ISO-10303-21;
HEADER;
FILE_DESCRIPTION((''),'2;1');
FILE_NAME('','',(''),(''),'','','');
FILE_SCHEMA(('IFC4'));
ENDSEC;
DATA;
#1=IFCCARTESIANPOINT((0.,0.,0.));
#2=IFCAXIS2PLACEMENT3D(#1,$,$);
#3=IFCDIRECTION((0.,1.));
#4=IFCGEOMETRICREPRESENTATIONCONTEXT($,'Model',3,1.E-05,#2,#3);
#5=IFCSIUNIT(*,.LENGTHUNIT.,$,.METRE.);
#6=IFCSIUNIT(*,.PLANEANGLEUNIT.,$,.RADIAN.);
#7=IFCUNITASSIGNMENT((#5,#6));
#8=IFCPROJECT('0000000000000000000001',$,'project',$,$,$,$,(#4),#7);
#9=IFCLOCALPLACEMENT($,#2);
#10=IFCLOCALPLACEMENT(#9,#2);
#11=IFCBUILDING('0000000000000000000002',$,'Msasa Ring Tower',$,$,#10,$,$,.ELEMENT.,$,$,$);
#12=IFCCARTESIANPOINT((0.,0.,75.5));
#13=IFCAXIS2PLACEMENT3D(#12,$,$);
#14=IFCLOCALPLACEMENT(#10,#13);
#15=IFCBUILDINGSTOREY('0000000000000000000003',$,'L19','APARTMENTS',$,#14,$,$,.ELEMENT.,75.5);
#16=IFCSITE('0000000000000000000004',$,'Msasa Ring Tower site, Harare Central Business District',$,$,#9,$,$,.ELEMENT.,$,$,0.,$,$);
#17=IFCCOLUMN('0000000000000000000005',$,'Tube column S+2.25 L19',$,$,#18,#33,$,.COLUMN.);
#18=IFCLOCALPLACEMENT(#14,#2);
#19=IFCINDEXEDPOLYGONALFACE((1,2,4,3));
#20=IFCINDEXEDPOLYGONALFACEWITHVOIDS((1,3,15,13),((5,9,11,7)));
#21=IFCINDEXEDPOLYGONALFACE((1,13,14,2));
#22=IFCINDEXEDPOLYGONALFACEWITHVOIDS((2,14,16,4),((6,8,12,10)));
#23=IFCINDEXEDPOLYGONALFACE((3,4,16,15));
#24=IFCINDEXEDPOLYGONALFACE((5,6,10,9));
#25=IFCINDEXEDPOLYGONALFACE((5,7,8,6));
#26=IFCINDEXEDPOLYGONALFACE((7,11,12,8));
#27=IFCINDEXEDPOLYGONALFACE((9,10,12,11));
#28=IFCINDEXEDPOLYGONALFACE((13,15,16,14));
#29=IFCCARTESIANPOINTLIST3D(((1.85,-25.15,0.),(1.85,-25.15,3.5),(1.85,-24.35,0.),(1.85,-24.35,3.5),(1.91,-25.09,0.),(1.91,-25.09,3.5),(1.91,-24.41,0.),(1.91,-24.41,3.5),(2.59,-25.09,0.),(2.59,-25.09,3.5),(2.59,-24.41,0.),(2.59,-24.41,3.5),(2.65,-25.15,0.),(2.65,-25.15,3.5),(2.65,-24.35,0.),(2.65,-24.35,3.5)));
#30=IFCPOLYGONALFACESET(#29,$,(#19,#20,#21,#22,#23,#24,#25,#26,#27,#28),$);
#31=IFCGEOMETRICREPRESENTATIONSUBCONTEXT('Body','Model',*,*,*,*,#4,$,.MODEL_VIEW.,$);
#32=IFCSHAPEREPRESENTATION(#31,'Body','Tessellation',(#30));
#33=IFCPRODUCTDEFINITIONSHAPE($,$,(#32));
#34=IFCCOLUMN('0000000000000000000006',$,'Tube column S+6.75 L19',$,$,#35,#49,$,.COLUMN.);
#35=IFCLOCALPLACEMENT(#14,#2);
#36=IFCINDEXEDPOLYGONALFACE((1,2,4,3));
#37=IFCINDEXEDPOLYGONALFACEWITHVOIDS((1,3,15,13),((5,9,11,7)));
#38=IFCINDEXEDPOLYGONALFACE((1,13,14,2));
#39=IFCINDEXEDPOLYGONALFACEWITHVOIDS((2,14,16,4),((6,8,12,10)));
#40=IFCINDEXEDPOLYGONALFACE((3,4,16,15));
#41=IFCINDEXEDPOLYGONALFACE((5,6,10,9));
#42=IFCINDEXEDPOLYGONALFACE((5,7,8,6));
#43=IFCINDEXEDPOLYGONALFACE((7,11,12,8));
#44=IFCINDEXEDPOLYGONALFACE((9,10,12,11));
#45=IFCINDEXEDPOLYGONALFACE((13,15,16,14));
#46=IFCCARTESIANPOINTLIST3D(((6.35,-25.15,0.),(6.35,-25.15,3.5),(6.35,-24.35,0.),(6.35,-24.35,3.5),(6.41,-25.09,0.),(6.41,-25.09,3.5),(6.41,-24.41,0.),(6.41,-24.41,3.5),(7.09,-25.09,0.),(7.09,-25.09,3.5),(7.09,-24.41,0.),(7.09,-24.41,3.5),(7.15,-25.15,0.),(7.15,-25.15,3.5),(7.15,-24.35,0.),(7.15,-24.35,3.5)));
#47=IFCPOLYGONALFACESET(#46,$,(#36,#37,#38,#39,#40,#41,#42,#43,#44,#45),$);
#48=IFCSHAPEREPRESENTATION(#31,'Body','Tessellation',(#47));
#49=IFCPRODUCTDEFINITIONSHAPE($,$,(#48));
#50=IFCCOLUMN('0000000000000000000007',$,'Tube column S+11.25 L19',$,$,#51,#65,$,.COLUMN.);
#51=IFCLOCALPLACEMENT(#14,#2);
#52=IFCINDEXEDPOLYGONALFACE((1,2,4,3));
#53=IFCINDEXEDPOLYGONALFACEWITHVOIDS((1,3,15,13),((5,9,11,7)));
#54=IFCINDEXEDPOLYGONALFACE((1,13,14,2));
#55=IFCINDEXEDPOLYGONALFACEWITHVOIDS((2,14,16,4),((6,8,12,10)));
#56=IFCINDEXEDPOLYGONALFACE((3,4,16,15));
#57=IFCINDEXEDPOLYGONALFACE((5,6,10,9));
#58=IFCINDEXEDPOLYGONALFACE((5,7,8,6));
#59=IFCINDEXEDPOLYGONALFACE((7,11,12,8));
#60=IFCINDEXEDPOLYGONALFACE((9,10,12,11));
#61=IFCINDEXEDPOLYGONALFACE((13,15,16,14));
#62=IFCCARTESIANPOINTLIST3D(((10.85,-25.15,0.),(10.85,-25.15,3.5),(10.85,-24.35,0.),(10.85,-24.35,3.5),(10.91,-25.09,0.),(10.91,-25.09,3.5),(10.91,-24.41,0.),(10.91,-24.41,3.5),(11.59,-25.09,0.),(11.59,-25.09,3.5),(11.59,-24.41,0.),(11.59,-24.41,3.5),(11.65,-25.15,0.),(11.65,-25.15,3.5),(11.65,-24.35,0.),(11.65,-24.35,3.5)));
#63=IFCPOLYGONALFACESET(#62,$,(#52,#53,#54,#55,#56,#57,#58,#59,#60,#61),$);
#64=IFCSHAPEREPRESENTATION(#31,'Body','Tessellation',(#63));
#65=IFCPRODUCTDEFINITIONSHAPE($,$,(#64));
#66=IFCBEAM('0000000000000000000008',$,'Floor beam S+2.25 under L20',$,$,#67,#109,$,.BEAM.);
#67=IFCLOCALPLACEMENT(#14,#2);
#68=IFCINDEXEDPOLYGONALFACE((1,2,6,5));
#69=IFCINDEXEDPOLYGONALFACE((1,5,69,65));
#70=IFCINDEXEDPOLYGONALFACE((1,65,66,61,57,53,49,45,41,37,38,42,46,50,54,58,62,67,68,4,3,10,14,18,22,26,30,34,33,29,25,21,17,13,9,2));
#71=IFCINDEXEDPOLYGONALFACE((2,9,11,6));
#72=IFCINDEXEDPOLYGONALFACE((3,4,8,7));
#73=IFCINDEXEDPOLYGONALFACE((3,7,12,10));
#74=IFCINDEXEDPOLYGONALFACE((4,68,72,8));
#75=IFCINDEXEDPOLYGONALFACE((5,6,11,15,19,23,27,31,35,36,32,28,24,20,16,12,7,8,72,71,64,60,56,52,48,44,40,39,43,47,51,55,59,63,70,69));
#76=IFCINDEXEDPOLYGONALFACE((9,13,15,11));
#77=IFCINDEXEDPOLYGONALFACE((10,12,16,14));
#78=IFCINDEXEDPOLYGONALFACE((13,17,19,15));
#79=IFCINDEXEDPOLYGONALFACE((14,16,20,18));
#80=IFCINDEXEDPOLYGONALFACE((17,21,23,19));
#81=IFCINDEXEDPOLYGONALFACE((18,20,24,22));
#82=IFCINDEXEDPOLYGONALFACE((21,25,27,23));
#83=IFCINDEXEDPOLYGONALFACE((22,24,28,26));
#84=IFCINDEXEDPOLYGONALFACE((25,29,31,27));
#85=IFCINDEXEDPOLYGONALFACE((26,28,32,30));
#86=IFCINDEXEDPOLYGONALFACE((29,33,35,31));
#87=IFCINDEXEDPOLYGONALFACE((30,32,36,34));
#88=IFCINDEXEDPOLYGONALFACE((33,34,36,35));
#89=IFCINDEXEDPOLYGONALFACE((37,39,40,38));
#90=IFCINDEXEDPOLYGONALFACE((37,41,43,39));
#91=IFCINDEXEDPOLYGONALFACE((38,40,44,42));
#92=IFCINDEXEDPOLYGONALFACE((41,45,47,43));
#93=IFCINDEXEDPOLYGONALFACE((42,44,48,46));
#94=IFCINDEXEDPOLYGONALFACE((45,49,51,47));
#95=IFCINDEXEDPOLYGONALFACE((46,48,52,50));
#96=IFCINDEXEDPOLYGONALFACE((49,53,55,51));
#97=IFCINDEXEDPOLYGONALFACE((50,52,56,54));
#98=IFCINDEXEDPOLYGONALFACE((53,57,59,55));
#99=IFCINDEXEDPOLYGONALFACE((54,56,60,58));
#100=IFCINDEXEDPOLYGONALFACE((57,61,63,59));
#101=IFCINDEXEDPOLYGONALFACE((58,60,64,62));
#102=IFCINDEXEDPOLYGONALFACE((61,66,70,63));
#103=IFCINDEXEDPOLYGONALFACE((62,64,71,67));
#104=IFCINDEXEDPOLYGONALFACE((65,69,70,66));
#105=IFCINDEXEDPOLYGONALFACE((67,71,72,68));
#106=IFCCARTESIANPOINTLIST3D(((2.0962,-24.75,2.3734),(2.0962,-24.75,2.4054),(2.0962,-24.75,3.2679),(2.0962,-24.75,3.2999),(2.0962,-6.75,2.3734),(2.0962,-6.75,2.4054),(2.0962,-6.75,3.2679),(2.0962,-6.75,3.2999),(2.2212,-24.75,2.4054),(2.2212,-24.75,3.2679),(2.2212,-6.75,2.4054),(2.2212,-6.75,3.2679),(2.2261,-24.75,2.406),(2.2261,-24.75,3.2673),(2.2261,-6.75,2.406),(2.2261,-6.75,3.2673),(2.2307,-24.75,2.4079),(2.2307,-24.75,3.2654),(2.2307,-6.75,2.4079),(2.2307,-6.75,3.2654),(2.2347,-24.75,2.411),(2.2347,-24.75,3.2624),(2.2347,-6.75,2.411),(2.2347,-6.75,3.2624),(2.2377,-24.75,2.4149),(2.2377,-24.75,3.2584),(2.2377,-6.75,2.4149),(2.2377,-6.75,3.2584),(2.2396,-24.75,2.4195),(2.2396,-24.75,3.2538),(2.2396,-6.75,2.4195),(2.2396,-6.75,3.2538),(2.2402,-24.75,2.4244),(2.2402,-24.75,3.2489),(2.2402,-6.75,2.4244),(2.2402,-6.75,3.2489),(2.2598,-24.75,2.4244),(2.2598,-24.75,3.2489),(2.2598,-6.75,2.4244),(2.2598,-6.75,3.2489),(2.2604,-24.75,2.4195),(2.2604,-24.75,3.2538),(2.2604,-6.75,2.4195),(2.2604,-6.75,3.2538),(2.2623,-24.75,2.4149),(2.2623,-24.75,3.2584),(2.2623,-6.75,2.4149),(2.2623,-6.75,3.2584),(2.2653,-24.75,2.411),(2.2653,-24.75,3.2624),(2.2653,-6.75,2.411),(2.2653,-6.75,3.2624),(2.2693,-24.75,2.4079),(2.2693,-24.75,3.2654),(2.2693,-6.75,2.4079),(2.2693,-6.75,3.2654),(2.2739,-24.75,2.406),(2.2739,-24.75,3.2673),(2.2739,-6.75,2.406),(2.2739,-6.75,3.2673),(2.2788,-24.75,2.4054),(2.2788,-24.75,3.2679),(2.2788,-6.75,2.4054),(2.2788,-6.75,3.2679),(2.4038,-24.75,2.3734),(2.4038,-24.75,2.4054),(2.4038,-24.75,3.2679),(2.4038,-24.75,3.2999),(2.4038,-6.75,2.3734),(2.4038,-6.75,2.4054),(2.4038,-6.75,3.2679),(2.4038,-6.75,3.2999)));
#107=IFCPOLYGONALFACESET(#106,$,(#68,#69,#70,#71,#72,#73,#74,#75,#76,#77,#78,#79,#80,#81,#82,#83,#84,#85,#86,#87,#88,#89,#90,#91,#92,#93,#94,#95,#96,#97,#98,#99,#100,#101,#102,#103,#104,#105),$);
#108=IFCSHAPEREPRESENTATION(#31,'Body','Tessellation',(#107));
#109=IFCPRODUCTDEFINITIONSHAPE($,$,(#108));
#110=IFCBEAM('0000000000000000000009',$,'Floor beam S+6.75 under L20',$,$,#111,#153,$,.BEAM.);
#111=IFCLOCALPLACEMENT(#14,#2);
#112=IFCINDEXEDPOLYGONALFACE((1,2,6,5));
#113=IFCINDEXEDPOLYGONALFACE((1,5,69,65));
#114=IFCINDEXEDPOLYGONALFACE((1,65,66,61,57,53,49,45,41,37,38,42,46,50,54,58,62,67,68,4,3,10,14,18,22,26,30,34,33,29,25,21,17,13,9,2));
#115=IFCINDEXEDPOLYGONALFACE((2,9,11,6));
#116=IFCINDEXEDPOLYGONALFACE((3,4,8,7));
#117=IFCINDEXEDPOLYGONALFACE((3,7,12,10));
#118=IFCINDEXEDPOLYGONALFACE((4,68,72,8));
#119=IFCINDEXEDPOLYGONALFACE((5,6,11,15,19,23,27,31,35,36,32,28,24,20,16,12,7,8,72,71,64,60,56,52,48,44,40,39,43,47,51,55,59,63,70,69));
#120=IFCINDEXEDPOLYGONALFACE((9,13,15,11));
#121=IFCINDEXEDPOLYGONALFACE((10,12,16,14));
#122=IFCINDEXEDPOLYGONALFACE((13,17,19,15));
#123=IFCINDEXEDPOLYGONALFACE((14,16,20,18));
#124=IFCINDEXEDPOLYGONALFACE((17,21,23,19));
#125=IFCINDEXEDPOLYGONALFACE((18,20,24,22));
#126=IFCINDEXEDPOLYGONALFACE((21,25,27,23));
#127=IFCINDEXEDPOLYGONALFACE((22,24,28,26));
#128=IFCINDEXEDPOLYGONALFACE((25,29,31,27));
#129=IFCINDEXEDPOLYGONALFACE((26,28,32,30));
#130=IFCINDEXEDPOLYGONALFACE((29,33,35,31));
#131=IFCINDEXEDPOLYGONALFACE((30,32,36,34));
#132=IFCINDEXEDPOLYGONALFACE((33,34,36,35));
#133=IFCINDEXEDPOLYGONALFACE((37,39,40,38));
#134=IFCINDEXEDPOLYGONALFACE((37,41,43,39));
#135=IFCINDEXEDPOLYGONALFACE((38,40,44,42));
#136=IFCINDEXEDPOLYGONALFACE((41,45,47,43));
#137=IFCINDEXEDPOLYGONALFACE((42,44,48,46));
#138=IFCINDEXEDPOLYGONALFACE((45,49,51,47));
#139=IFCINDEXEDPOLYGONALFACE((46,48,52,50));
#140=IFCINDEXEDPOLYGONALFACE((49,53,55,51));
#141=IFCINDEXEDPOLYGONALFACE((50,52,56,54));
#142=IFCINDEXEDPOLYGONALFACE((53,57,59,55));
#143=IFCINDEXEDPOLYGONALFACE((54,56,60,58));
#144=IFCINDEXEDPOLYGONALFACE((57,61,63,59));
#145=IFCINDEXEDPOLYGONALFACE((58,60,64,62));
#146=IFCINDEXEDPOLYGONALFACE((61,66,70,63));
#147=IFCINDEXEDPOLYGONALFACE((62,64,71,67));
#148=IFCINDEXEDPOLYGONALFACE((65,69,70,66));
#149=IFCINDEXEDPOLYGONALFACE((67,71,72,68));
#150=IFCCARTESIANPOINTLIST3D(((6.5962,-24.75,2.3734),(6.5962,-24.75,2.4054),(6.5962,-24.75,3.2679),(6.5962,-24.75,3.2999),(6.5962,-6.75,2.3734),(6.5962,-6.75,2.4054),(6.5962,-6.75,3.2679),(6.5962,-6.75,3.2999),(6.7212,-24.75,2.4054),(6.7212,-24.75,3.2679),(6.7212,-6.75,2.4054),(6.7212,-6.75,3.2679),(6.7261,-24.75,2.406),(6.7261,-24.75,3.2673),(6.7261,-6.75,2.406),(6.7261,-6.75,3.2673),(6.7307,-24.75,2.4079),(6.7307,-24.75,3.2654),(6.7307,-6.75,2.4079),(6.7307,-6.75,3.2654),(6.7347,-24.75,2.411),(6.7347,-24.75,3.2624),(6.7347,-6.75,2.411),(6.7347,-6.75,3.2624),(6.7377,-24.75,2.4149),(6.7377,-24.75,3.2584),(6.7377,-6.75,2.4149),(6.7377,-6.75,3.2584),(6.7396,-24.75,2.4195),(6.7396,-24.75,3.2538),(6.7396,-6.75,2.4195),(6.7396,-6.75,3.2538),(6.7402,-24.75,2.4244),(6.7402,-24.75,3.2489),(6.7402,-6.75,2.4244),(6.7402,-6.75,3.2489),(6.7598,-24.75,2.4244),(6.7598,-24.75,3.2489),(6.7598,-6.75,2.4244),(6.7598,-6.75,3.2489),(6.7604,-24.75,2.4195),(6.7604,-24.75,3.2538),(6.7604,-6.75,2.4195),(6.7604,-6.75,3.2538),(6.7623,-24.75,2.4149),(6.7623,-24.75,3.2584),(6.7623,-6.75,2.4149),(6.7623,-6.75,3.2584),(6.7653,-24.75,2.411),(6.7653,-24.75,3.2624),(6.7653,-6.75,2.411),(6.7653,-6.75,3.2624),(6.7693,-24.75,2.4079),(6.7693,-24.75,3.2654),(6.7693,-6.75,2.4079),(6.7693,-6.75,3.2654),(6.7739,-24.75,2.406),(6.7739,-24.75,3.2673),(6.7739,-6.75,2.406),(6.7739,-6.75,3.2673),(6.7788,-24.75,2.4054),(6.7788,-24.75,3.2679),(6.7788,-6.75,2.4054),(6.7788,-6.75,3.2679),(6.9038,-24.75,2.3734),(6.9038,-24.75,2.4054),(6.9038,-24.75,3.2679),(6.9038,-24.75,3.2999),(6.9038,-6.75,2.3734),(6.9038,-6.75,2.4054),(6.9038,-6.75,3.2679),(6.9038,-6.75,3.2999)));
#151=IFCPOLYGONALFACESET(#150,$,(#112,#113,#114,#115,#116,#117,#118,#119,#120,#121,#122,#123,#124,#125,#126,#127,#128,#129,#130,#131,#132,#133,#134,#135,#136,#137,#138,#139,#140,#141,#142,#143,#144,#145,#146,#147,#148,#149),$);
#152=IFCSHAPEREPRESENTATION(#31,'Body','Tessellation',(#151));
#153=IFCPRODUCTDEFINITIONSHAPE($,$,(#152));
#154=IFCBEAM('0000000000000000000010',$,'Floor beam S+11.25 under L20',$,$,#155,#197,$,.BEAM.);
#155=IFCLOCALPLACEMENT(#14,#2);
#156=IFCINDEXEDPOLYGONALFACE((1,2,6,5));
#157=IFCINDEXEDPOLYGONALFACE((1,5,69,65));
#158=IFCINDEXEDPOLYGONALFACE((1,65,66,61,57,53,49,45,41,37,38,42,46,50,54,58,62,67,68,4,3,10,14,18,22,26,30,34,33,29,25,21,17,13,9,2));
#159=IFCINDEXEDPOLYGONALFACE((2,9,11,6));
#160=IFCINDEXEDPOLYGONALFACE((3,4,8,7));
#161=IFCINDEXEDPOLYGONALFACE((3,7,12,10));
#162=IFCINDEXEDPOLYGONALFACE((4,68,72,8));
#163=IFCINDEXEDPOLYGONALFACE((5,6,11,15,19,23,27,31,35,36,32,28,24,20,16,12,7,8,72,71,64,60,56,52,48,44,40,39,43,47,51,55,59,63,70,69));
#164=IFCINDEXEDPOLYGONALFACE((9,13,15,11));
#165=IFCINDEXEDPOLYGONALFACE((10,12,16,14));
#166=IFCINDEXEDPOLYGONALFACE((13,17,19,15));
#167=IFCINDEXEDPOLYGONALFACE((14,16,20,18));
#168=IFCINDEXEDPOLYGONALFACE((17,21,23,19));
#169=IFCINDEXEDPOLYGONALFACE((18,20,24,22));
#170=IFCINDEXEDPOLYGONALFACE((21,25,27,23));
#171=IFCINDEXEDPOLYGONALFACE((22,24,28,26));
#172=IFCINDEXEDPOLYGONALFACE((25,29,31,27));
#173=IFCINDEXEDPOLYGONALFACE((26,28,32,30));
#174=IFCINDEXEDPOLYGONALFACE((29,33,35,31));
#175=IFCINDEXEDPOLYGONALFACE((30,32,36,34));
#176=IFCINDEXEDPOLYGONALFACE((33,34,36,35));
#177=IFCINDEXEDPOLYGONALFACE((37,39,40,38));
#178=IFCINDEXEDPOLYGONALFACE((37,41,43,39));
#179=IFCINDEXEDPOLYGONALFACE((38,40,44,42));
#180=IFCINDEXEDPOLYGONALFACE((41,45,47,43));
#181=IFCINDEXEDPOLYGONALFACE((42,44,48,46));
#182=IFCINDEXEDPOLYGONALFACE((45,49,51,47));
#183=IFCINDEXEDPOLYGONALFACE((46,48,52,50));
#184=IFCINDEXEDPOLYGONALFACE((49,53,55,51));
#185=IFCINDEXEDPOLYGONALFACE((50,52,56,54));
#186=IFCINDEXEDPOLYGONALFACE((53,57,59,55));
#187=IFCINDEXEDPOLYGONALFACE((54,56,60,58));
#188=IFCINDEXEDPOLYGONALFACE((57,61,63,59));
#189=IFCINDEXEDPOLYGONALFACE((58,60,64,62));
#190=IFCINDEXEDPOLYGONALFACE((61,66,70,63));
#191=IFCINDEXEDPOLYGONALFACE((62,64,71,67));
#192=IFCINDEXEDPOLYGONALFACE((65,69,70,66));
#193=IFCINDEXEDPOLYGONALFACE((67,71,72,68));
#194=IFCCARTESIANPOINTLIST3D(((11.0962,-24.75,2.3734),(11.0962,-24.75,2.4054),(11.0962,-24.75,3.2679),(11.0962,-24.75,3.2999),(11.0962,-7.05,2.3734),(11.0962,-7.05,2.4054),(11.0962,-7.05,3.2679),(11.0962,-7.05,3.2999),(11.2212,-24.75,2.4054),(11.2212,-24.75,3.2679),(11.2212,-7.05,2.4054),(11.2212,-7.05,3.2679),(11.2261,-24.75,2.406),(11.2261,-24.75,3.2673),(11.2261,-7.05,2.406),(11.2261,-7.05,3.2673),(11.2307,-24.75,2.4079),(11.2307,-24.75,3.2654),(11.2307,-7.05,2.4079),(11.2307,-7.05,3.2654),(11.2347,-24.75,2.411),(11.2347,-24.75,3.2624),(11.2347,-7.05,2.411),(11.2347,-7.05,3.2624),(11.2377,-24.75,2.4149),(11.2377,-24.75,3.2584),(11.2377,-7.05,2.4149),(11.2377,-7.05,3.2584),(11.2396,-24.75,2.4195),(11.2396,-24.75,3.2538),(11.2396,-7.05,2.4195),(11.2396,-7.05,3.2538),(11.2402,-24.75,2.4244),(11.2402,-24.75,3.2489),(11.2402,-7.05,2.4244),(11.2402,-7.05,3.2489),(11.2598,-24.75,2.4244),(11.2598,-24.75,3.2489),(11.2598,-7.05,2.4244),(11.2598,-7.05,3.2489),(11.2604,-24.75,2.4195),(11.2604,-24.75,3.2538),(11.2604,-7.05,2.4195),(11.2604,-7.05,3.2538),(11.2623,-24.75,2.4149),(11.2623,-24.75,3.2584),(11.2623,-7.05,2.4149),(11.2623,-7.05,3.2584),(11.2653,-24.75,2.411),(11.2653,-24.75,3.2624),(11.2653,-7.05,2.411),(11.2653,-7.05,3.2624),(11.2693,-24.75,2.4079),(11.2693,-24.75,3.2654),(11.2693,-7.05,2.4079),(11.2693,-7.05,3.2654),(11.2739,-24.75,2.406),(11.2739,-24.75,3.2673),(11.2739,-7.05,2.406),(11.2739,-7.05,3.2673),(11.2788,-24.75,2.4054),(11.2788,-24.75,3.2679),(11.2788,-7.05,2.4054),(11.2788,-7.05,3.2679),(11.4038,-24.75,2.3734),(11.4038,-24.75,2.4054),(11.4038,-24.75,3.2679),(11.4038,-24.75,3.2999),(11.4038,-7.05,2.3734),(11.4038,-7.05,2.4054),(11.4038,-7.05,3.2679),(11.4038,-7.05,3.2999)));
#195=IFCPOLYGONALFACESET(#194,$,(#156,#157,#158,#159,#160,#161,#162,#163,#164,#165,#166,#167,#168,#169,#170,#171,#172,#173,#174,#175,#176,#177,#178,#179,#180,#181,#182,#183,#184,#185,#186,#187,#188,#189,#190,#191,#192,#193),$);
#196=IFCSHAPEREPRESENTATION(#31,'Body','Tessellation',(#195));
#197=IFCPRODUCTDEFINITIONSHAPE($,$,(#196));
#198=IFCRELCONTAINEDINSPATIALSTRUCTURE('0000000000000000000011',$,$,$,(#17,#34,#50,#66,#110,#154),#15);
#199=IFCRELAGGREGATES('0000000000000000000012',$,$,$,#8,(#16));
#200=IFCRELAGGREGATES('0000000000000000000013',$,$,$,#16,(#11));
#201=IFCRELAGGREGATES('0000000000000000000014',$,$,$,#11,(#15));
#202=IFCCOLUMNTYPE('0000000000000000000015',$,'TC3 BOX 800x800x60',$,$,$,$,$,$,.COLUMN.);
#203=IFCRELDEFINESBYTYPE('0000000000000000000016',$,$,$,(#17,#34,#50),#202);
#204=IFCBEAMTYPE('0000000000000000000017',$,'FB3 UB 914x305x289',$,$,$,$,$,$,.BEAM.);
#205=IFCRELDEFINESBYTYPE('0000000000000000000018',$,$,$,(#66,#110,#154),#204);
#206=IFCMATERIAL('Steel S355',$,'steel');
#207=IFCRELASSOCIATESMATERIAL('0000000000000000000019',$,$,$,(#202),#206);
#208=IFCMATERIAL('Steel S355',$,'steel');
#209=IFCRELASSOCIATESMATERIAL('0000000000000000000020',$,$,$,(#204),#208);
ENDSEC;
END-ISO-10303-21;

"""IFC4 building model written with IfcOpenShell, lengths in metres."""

from ifc_helpers import new_model, si_unit, direction, frame, origin, origin_2d, place, context, subcontext, project, spatial, hollow_rectangle, i_section, extrude, material, material_profile, profile_set, type_object, element, save


model = new_model("IFC4")

# Units and contexts
model_context = context("Model", 3, precision=1e-05, world=origin(), true_north=direction((0.0, 1.0)))
body_context = subcontext(model_context, "Body", "Model", "MODEL_VIEW")
ifc_project = project(units=[si_unit("LENGTHUNIT", "METRE"), si_unit("PLANEANGLEUNIT", "RADIAN")], contexts=[model_context])

# Site, building, storey
site_placement = place(None, origin())
site = spatial("IfcSite", under=ifc_project, at=site_placement, Name="Msasa Ring Tower site, Harare Central Business District", CompositionType="ELEMENT", RefElevation=0.0)
building_placement = place(site_placement, origin())
building = spatial("IfcBuilding", under=site, at=building_placement, Name="Msasa Ring Tower", CompositionType="ELEMENT")
storey_placement = place(building_placement, frame((0.0, 0.0, 75.5)))
storey = spatial("IfcBuildingStorey", under=building, at=storey_placement, Name="L19", Description="APARTMENTS", CompositionType="ELEMENT", Elevation=75.5)

# Columns
ifc_material_1 = material(Name="Steel S355", Category="steel")
ifc_material_profile_1 = material_profile(ifc_material_1, hollow_rectangle(XDim=0.8, YDim=0.8, WallThickness=0.0601, at=origin_2d()), Name="BOX 800x800x60")
ifc_profile_set_1 = profile_set([ifc_material_profile_1], Name="Steel S355")
column_type = type_object("IfcColumnType", Name="TC3 BOX 800x800x60", PredefinedType="COLUMN", material=ifc_profile_set_1)
for number, where, z_axis, x_axis, name in (
    (1, (2.25, -24.75, 0.0), (0.0, 0.0, 1.0), (0.0, 1.0, 0.0), "Tube column S+2.25 L19"),
    (2, (6.75, -24.75, 0.0), (0.0, 0.0, 1.0), (0.0, 1.0, 0.0), "Tube column S+6.75 L19"),
    (3, (11.25, -24.75, 0.0), (0.0, 0.0, 1.0), (0.0, 1.0, 0.0), "Tube column S+11.25 L19"),
):
    element("IfcColumn", number, at=place(storey_placement, frame(where, z_axis=z_axis, x_axis=x_axis)), inside=storey, type_object=column_type, Name=name, PredefinedType="COLUMN", context=body_context, shape_type="SweptSolid", body=[
        extrude(hollow_rectangle(XDim=0.8, YDim=0.8, WallThickness=0.0601, at=origin_2d()), origin(), (0.0, 0.0, 1.0), 3.5),
    ])

# Beams
ifc_material_2 = material(Name="Steel S355", Category="steel")
ifc_material_profile_2 = material_profile(ifc_material_2, i_section(OverallWidth=0.3076, OverallDepth=0.9265, WebThickness=0.0195, FlangeThickness=0.032, FilletRadius=0.019, at=origin_2d()), Name="UB 914x305x289")
ifc_profile_set_2 = profile_set([ifc_material_profile_2], Name="Steel S355")
beam_type_1 = type_object("IfcBeamType", Name="FB3 UB 914x305x289", PredefinedType="BEAM", material=ifc_profile_set_2)
for number, where, z_axis, x_axis, name in (
    (4, (2.25, -24.75, 2.8367), (0.0, 1.0, 0.0), (-1.0, 0.0, 0.0), "Floor beam S+2.25 under L20"),
    (5, (6.75, -24.75, 2.8367), (0.0, 1.0, 0.0), (-1.0, 0.0, 0.0), "Floor beam S+6.75 under L20"),
):
    element("IfcBeam", number, at=place(storey_placement, frame(where, z_axis=z_axis, x_axis=x_axis)), inside=storey, type_object=beam_type_1, Name=name, PredefinedType="BEAM", context=body_context, shape_type="SweptSolid", body=[
        extrude(i_section(OverallWidth=0.3076, OverallDepth=0.9265, WebThickness=0.0195, FlangeThickness=0.032, FilletRadius=0.019, at=origin_2d()), origin(), (0.0, 0.0, 1.0), 18.0),
    ])
beam_placement = place(storey_placement, frame((11.25, -24.75, 2.8367), z_axis=(0.0, 1.0, 0.0), x_axis=(-1.0, 0.0, 0.0)))
element("IfcBeam", 6, at=beam_placement, inside=storey, type_object=beam_type_1, Name="Floor beam S+11.25 under L20", PredefinedType="BEAM", context=body_context, shape_type="SweptSolid", body=[
    extrude(i_section(OverallWidth=0.3076, OverallDepth=0.9265, WebThickness=0.0195, FlangeThickness=0.032, FilletRadius=0.019, at=origin_2d()), origin(), (0.0, 0.0, 1.0), 17.7),
])

save(model, "model.ifc")
